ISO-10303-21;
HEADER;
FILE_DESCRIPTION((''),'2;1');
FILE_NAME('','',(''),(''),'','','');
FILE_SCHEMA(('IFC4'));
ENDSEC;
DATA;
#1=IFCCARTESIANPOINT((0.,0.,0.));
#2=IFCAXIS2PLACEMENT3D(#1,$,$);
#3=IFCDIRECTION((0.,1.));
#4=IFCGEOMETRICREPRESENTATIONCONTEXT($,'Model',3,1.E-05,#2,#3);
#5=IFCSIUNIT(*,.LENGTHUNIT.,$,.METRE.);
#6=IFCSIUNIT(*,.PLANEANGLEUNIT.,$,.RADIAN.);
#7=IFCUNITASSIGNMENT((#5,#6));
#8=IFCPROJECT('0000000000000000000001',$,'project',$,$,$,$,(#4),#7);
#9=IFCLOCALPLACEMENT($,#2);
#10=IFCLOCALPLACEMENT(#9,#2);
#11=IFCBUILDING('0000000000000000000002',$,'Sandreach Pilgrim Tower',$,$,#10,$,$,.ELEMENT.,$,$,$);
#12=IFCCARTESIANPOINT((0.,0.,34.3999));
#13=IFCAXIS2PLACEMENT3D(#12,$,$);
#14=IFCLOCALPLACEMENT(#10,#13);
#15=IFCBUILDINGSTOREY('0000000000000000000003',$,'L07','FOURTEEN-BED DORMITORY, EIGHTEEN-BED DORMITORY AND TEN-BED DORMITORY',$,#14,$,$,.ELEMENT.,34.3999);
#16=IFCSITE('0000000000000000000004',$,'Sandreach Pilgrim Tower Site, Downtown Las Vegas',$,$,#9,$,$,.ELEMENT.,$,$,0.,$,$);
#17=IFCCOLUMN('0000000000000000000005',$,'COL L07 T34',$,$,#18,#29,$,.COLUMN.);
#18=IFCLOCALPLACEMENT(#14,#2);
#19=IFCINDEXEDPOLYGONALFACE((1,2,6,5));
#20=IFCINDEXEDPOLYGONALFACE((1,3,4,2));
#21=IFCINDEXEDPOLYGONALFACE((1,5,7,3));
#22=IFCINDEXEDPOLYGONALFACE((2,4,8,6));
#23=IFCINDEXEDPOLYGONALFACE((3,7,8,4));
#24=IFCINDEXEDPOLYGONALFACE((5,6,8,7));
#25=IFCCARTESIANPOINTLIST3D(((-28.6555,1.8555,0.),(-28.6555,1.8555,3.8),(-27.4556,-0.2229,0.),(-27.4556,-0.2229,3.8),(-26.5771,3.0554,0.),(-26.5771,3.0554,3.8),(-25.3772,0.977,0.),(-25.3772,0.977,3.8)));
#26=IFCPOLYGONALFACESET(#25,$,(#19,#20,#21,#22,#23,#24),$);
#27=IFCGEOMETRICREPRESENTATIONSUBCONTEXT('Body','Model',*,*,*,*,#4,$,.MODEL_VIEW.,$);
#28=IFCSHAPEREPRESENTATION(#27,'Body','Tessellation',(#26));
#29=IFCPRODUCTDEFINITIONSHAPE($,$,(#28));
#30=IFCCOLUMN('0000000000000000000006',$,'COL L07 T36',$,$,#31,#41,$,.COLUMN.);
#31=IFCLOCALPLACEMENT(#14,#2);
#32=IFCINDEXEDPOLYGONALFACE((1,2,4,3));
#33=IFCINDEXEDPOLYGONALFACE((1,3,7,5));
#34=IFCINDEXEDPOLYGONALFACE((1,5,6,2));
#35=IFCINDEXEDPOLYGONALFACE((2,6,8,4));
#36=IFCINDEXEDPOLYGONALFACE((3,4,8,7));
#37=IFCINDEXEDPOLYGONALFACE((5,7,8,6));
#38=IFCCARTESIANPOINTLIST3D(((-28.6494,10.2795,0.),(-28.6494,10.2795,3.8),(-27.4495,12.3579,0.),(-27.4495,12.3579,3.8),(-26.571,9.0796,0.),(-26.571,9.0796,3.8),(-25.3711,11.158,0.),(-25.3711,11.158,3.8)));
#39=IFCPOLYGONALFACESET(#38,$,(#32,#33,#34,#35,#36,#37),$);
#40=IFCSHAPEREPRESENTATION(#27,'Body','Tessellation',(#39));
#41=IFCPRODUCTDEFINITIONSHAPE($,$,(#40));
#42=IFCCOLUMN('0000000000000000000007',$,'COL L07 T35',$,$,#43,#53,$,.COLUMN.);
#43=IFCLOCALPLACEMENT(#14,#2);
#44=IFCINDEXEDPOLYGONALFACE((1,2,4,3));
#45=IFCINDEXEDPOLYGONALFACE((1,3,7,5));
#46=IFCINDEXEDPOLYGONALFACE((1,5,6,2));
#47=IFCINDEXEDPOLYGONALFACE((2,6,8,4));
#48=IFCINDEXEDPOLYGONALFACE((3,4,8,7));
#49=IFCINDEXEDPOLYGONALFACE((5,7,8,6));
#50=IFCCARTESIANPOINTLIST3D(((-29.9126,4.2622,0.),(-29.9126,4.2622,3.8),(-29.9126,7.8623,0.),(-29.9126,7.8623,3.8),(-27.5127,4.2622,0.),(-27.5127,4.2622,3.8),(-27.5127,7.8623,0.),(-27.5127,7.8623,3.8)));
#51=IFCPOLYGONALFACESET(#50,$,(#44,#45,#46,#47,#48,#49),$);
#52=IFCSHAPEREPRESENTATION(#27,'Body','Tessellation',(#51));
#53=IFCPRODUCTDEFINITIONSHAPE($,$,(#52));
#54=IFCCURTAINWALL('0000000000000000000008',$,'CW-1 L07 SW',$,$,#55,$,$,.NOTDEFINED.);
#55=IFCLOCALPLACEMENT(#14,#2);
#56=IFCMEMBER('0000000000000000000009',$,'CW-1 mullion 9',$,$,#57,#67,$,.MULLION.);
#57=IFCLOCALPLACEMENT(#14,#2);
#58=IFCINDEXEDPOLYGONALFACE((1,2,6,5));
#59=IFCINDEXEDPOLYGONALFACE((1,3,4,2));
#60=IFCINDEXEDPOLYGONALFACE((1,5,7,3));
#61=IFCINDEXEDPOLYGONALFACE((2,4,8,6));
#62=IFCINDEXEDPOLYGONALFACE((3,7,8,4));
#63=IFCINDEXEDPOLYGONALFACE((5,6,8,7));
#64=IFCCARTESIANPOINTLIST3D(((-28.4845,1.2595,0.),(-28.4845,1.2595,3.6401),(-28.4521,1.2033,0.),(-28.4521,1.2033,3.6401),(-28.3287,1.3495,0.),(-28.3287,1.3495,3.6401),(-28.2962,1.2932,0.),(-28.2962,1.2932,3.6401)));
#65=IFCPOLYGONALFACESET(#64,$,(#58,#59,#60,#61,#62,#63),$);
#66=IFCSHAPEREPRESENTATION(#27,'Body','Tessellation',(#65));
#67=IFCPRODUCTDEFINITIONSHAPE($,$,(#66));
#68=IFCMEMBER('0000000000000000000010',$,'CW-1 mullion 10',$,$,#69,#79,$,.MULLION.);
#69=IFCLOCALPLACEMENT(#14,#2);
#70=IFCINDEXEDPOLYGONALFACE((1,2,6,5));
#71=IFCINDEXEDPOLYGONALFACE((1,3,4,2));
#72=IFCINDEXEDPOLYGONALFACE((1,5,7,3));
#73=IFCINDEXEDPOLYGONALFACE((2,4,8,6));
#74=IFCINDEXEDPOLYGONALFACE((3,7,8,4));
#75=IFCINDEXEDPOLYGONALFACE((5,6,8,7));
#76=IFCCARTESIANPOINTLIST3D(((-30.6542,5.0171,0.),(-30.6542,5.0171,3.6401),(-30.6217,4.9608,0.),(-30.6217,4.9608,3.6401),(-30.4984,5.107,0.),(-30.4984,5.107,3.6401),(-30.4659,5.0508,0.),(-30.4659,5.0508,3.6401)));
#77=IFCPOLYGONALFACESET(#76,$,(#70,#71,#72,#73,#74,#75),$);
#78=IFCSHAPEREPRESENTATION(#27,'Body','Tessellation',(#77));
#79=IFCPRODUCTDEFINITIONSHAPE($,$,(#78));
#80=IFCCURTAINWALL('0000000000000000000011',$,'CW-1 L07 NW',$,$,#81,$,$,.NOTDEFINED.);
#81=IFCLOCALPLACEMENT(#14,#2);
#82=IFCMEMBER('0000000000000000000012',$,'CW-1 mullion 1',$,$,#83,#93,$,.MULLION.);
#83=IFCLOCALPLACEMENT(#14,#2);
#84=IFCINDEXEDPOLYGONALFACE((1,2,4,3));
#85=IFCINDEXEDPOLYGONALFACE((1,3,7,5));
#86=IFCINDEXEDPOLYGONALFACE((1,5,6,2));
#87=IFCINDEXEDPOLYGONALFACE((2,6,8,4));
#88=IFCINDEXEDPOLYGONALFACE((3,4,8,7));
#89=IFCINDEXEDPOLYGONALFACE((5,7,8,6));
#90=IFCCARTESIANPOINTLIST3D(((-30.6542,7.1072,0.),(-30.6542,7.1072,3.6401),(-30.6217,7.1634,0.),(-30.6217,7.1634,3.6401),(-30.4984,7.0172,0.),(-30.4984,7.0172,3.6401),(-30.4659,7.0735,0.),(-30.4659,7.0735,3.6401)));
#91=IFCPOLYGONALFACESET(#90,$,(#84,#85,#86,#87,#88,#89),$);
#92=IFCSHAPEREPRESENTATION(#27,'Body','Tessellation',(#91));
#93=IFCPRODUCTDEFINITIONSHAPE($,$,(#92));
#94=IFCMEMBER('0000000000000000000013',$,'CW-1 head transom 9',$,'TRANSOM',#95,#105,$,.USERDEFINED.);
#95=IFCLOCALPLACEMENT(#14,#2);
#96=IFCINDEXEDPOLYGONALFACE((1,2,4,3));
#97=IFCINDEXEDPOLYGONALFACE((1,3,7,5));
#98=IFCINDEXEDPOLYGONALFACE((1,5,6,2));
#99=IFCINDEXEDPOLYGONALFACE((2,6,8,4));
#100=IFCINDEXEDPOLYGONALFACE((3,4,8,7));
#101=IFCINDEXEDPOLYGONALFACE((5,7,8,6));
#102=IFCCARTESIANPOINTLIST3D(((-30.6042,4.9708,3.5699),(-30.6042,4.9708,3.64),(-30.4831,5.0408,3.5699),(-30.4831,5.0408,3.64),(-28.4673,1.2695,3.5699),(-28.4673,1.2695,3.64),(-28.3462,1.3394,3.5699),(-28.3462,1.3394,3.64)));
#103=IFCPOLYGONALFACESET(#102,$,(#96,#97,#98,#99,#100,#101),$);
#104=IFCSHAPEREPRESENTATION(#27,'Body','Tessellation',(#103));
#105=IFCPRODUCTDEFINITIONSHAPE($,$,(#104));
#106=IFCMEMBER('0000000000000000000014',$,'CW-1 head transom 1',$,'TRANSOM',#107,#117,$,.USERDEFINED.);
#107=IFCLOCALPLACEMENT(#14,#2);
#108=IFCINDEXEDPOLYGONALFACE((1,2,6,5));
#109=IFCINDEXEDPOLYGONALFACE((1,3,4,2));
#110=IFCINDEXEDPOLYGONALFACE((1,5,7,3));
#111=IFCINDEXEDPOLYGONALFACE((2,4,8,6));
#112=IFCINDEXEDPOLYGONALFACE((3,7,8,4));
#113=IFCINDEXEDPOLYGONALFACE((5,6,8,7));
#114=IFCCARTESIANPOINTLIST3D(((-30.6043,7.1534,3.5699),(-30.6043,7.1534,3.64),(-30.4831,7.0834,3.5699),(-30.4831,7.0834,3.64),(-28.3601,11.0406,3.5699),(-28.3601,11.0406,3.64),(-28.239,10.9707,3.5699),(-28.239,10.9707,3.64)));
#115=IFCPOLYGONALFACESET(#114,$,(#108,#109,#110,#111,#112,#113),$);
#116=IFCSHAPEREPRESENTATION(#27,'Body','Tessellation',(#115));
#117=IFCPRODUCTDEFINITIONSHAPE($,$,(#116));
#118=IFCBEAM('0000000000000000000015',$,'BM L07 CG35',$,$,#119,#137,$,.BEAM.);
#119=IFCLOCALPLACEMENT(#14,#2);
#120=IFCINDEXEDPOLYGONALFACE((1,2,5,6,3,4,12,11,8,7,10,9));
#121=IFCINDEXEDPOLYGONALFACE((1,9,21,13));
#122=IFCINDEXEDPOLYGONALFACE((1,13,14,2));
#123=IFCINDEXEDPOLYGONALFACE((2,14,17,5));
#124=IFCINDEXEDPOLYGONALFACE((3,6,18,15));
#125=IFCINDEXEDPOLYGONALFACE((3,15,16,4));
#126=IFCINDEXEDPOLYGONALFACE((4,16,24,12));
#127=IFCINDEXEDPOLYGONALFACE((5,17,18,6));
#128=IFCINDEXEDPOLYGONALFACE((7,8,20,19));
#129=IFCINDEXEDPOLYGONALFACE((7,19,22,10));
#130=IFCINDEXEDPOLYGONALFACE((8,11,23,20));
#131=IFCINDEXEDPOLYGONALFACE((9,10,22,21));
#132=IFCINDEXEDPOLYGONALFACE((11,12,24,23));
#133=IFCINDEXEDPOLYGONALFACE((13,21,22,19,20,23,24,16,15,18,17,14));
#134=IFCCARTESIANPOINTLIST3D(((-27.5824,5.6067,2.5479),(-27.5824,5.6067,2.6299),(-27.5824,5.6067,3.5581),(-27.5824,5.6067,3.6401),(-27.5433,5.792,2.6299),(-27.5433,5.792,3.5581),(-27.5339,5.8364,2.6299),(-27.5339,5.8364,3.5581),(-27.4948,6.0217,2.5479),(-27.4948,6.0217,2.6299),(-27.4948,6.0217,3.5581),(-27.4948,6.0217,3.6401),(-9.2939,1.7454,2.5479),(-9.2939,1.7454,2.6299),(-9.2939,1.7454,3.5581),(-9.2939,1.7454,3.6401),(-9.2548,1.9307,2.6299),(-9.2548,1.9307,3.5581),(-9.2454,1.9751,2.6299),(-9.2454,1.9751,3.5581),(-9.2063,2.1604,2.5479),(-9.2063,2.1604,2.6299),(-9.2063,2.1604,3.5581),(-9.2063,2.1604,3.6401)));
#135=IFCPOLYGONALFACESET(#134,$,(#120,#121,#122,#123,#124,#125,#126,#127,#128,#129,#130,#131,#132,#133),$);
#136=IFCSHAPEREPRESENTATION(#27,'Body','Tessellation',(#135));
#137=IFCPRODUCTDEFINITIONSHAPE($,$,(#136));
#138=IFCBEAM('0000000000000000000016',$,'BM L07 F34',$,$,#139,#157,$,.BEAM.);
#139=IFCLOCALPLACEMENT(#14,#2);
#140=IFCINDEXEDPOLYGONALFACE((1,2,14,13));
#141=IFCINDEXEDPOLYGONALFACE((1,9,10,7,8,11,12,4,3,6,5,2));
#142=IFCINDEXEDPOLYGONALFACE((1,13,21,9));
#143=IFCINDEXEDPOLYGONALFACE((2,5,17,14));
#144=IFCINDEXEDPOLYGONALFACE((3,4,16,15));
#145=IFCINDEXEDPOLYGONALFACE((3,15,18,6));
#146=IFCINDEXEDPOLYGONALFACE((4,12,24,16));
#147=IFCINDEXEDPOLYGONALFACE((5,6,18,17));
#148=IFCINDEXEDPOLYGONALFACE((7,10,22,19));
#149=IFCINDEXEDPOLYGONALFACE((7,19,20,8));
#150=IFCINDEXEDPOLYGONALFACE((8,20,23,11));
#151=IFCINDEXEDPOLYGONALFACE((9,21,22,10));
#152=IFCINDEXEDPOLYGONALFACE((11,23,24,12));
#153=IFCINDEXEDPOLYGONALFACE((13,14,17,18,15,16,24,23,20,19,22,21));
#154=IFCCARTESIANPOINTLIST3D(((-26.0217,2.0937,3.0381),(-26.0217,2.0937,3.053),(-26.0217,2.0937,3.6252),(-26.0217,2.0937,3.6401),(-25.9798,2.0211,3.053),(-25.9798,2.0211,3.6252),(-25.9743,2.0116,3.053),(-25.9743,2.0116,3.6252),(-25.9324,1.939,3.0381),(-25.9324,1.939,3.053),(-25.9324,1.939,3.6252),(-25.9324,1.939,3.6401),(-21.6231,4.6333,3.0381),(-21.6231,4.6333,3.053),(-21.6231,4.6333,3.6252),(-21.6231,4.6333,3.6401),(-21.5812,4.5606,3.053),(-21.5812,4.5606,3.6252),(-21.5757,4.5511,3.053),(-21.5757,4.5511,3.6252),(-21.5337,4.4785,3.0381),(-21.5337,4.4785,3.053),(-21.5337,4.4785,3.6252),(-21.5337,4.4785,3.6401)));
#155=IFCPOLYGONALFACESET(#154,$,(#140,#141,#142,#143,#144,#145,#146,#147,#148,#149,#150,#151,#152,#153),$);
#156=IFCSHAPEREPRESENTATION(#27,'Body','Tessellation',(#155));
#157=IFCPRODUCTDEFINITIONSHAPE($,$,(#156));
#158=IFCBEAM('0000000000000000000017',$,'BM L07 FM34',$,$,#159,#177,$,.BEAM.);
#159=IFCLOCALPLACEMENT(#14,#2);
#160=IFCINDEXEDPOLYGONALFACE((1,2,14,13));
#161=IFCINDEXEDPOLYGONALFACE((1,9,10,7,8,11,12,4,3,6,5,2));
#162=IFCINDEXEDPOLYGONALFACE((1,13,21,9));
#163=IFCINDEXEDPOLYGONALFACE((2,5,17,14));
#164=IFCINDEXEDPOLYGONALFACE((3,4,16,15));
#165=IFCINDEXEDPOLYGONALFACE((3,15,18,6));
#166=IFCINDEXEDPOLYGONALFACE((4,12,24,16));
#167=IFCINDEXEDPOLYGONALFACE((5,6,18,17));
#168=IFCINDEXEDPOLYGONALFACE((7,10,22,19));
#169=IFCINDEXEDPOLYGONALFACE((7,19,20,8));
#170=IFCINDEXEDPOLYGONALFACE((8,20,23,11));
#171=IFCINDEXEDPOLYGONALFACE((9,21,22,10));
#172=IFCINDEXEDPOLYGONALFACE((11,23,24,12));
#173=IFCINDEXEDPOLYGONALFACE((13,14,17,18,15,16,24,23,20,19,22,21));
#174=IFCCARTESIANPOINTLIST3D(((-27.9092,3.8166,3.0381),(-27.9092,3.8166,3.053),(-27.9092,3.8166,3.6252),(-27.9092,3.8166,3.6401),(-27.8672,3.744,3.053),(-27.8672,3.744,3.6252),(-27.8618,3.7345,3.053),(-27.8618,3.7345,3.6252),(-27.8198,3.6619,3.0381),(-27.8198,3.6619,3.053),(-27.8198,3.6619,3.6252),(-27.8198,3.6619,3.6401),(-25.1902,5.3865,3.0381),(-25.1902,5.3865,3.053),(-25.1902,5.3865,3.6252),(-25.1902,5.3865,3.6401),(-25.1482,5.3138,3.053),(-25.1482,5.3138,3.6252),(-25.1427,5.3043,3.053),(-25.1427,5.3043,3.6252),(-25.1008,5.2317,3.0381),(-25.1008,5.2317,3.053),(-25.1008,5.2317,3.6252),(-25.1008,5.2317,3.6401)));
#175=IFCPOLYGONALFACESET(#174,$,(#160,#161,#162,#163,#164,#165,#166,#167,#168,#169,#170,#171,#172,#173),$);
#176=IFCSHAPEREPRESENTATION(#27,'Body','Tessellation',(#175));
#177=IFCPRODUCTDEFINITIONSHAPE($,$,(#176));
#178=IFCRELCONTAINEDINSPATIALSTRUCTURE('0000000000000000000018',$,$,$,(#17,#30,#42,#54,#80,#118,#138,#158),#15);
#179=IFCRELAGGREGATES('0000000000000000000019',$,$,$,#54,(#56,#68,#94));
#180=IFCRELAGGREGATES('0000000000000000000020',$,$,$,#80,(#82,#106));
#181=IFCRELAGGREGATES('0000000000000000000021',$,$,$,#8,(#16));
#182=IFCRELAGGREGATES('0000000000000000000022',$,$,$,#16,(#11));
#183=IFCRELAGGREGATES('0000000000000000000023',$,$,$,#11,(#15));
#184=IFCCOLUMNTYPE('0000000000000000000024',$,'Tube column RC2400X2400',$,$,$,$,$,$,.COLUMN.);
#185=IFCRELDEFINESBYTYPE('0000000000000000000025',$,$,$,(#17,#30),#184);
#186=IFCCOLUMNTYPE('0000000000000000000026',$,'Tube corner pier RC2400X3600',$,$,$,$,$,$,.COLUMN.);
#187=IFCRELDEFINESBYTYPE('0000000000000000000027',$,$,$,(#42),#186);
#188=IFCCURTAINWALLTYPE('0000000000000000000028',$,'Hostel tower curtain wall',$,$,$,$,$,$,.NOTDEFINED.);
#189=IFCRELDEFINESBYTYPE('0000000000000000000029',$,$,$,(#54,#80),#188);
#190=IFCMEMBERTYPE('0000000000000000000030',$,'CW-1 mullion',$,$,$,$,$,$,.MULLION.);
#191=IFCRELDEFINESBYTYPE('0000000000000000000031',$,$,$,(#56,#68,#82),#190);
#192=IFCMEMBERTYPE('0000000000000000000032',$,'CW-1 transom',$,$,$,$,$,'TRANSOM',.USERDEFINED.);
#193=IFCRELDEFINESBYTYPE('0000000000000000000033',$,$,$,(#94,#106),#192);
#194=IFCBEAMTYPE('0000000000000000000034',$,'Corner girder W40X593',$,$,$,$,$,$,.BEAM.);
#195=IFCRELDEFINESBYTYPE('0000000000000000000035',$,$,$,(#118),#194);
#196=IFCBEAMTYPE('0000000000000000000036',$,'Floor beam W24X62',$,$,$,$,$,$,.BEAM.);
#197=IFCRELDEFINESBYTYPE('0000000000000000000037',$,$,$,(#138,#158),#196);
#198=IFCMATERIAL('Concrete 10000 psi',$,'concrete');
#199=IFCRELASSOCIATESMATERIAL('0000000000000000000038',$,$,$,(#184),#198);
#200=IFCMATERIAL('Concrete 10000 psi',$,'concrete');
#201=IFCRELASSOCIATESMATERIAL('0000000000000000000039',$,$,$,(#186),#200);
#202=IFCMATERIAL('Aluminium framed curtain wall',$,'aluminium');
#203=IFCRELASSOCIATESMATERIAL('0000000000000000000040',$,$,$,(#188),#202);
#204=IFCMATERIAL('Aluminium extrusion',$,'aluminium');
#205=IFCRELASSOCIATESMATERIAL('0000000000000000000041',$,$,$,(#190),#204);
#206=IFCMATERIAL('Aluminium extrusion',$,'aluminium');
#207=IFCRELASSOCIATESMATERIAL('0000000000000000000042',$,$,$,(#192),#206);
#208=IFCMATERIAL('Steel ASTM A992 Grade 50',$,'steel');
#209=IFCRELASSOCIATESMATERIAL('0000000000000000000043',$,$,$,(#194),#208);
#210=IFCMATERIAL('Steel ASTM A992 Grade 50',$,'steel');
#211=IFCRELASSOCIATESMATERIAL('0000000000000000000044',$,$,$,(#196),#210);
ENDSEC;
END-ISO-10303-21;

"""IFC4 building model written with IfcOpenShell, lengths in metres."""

from ifc_helpers import new_model, si_unit, direction, frame, origin, origin_2d, place, context, subcontext, project, spatial, rectangle, i_section, extrude, material, material_profile, profile_set, type_object, element, aggregate, save


model = new_model("IFC4")

# Units and contexts
model_context = context("Model", 3, precision=1e-05, world=origin(), true_north=direction((0.0, 1.0)))
body_context = subcontext(model_context, "Body", "Model", "MODEL_VIEW")
ifc_project = project(units=[si_unit("LENGTHUNIT", "METRE"), si_unit("PLANEANGLEUNIT", "RADIAN")], contexts=[model_context])

# Site, building, storey
site_placement = place(None, origin())
site = spatial("IfcSite", under=ifc_project, at=site_placement, Name="Sandreach Pilgrim Tower Site, Downtown Las Vegas", CompositionType="ELEMENT", RefElevation=0.0)
building_placement = place(site_placement, origin())
building = spatial("IfcBuilding", under=site, at=building_placement, Name="Sandreach Pilgrim Tower", CompositionType="ELEMENT")
storey_placement = place(building_placement, frame((0.0, 0.0, 34.3999)))
storey = spatial("IfcBuildingStorey", under=building, at=storey_placement, Name="L07", Description="FOURTEEN-BED DORMITORY, EIGHTEEN-BED DORMITORY AND TEN-BED DORMITORY", CompositionType="ELEMENT", Elevation=34.3999)

# Columns
ifc_material_1 = material(Name="Concrete 10000 psi", Category="concrete")
ifc_material_profile_1 = material_profile(ifc_material_1, rectangle(XDim=2.3999, YDim=2.3999, at=origin_2d()), Name="RC2400X2400")
ifc_profile_set_1 = profile_set([ifc_material_profile_1], Name="Concrete 10000 psi")
column_type_1 = type_object("IfcColumnType", Name="Tube column RC2400X2400", PredefinedType="COLUMN", material=ifc_profile_set_1)
for number, where, z_axis, x_axis, name in (
    (1, (-27.0164, 1.4163, 0.0), (0.0, 0.0, 1.0), (-0.866025, -0.5, 0.0), "COL L07 T34"),
    (2, (-27.0103, 10.7188, 0.0), (0.0, 0.0, 1.0), (-0.866025, 0.5, 0.0), "COL L07 T36"),
):
    element("IfcColumn", number, at=place(storey_placement, frame(where, z_axis=z_axis, x_axis=x_axis)), inside=storey, type_object=column_type_1, Name=name, PredefinedType="COLUMN", context=body_context, shape_type="SweptSolid", body=[
        extrude(rectangle(XDim=2.3999, YDim=2.3999, at=origin_2d()), origin(), (0.0, 0.0, 1.0), 3.8),
    ])
ifc_material_2 = material(Name="Concrete 10000 psi", Category="concrete")
ifc_material_profile_2 = material_profile(ifc_material_2, rectangle(XDim=2.3999, YDim=3.6001, at=origin_2d()), Name="RC2400X3600")
ifc_profile_set_2 = profile_set([ifc_material_profile_2], Name="Concrete 10000 psi")
column_type_2 = type_object("IfcColumnType", Name="Tube corner pier RC2400X3600", PredefinedType="COLUMN", material=ifc_profile_set_2)
column_placement = place(storey_placement, frame((-28.7126, 6.0623, 0.0), z_axis=(0.0, 0.0, 1.0), x_axis=(-1.0, 0.0, 0.0)))
element("IfcColumn", 3, at=column_placement, inside=storey, type_object=column_type_2, Name="COL L07 T35", PredefinedType="COLUMN", context=body_context, shape_type="SweptSolid", body=[
    extrude(rectangle(XDim=2.3999, YDim=3.6001, at=origin_2d()), origin(), (0.0, 0.0, 1.0), 3.8),
])

# Curtain wall, members
ifc_material_3 = material(Name="Aluminium framed curtain wall", Category="aluminium")
curtain_wall_type = type_object("IfcCurtainWallType", Name="Hostel tower curtain wall", PredefinedType="NOTDEFINED", material=ifc_material_3)
curtain_wall_1_placement = place(storey_placement, origin())
curtain_wall_1 = element("IfcCurtainWall", 4, at=curtain_wall_1_placement, inside=storey, type_object=curtain_wall_type, Name="CW-1 L07 SW", PredefinedType="NOTDEFINED")
ifc_material_4 = material(Name="Aluminium extrusion", Category="aluminium")
ifc_material_profile_3 = material_profile(ifc_material_4, rectangle(XDim=0.0649, YDim=0.1799, at=origin_2d()), Name="CW-1M 65X180")
ifc_profile_set_3 = profile_set([ifc_material_profile_3], Name="Aluminium extrusion")
member_type_1 = type_object("IfcMemberType", Name="CW-1 mullion", PredefinedType="MULLION", material=ifc_profile_set_3)
member_1_placement = place(storey_placement, frame((-28.3904, 1.2764, 0.0), z_axis=(0.0, 0.0, 1.0), x_axis=(-0.5, 0.866025, 0.0)))
member_1 = element("IfcMember", 5, at=member_1_placement, type_object=member_type_1, Name="CW-1 mullion 9", PredefinedType="MULLION", context=body_context, shape_type="SweptSolid", body=[
    extrude(rectangle(XDim=0.0649, YDim=0.1799, at=origin_2d()), origin(), (0.0, 0.0, 1.0), 3.6401),
])
member_2_placement = place(storey_placement, frame((-30.5601, 5.0339, 0.0), z_axis=(0.0, 0.0, 1.0), x_axis=(-0.5, 0.866025, 0.0)))
member_2 = element("IfcMember", 6, at=member_2_placement, type_object=member_type_1, Name="CW-1 mullion 10", PredefinedType="MULLION", context=body_context, shape_type="SweptSolid", body=[
    extrude(rectangle(XDim=0.0649, YDim=0.1799, at=origin_2d()), origin(), (0.0, 0.0, 1.0), 3.6401),
])

# Curtain wall, member
curtain_wall_2_placement = place(storey_placement, origin())
curtain_wall_2 = element("IfcCurtainWall", 7, at=curtain_wall_2_placement, inside=storey, type_object=curtain_wall_type, Name="CW-1 L07 NW", PredefinedType="NOTDEFINED")
member_3_placement = place(storey_placement, frame((-30.5601, 7.0903, 0.0), z_axis=(0.0, 0.0, 1.0), x_axis=(0.5, 0.866025, 0.0)))
member_3 = element("IfcMember", 8, at=member_3_placement, type_object=member_type_1, Name="CW-1 mullion 1", PredefinedType="MULLION", context=body_context, shape_type="SweptSolid", body=[
    extrude(rectangle(XDim=0.0649, YDim=0.1799, at=origin_2d()), origin(), (0.0, 0.0, 1.0), 3.6401),
])

# Members
ifc_material_5 = material(Name="Aluminium extrusion", Category="aluminium")
ifc_material_profile_4 = material_profile(ifc_material_5, rectangle(XDim=0.1399, YDim=0.0701, at=origin_2d()), Name="CW-1T 140X70")
ifc_profile_set_4 = profile_set([ifc_material_profile_4], Name="Aluminium extrusion")
member_type_2 = type_object("IfcMemberType", Name="CW-1 transom", ElementType="TRANSOM", PredefinedType="USERDEFINED", material=ifc_profile_set_4)
member_4_placement = place(storey_placement, frame((-28.4067, 1.3044, 3.605), z_axis=(-0.499991, 0.866031, 0.0), x_axis=(-0.866031, -0.499991, 0.0)))
member_4 = element("IfcMember", 9, at=member_4_placement, type_object=member_type_2, Name="CW-1 head transom 9", ObjectType="TRANSOM", PredefinedType="USERDEFINED", context=body_context, shape_type="SweptSolid", body=[
    extrude(rectangle(XDim=0.1399, YDim=0.0701, at=origin_2d()), origin(), (0.0, 0.0, 1.0), 4.2739),
])
member_5_placement = place(storey_placement, frame((-30.5437, 7.1184, 3.605), z_axis=(0.499977, 0.866039, 0.0), x_axis=(-0.866039, 0.499977, 0.0)))
member_5 = element("IfcMember", 10, at=member_5_placement, type_object=member_type_2, Name="CW-1 head transom 1", ObjectType="TRANSOM", PredefinedType="USERDEFINED", context=body_context, shape_type="SweptSolid", body=[
    extrude(rectangle(XDim=0.1399, YDim=0.0701, at=origin_2d()), origin(), (0.0, 0.0, 1.0), 4.4885),
])

# Beams
ifc_material_6 = material(Name="Steel ASTM A992 Grade 50", Category="steel")
ifc_material_profile_5 = material_profile(ifc_material_6, i_section(OverallWidth=0.4241, OverallDepth=1.0923, WebThickness=0.0454, FlangeThickness=0.082, at=origin_2d()), Name="W40X593")
ifc_profile_set_5 = profile_set([ifc_material_profile_5], Name="Steel ASTM A992 Grade 50")
beam_type_1 = type_object("IfcBeamType", Name="Corner girder W40X593", PredefinedType="BEAM", material=ifc_profile_set_5)
beam_1_placement = place(storey_placement, frame((-27.5386, 5.8142, 3.094), z_axis=(0.97843, -0.206579, 0.0), x_axis=(0.206579, 0.97843, 0.0)))
element("IfcBeam", 11, at=beam_1_placement, inside=storey, type_object=beam_type_1, Name="BM L07 CG35", PredefinedType="BEAM", context=body_context, shape_type="SweptSolid", body=[
    extrude(i_section(OverallWidth=0.4241, OverallDepth=1.0923, WebThickness=0.0454, FlangeThickness=0.082, at=origin_2d()), origin(), (0.0, 0.0, 1.0), 18.6917),
])
ifc_material_7 = material(Name="Steel ASTM A992 Grade 50", Category="steel")
ifc_material_profile_6 = material_profile(ifc_material_7, i_section(OverallWidth=0.1787, OverallDepth=0.6021, WebThickness=0.011, FlangeThickness=0.0149, at=origin_2d()), Name="W24X62")
ifc_profile_set_6 = profile_set([ifc_material_profile_6], Name="Steel ASTM A992 Grade 50")
beam_type_2 = type_object("IfcBeamType", Name="Floor beam W24X62", PredefinedType="BEAM", material=ifc_profile_set_6)
beam_2_placement = place(storey_placement, frame((-25.9771, 2.0164, 3.3391), z_axis=(0.866028, 0.499996, 0.0), x_axis=(-0.499996, 0.866028, 0.0)))
element("IfcBeam", 12, at=beam_2_placement, inside=storey, type_object=beam_type_2, Name="BM L07 F34", PredefinedType="BEAM", context=body_context, shape_type="SweptSolid", body=[
    extrude(i_section(OverallWidth=0.1787, OverallDepth=0.6021, WebThickness=0.011, FlangeThickness=0.0149, at=origin_2d()), origin(), (0.0, 0.0, 1.0), 5.0791),
])
beam_3_placement = place(storey_placement, frame((-27.8645, 3.7393, 3.3391), z_axis=(0.866024, 0.500003, 0.0), x_axis=(-0.500003, 0.866024, 0.0)))
element("IfcBeam", 13, at=beam_3_placement, inside=storey, type_object=beam_type_2, Name="BM L07 FM34", PredefinedType="BEAM", context=body_context, shape_type="SweptSolid", body=[
    extrude(i_section(OverallWidth=0.1787, OverallDepth=0.6021, WebThickness=0.011, FlangeThickness=0.0149, at=origin_2d()), origin(), (0.0, 0.0, 1.0), 3.1396),
])

aggregate(curtain_wall_1, [member_1, member_2, member_4])
aggregate(curtain_wall_2, [member_3, member_5])

save(model, "model.ifc")
